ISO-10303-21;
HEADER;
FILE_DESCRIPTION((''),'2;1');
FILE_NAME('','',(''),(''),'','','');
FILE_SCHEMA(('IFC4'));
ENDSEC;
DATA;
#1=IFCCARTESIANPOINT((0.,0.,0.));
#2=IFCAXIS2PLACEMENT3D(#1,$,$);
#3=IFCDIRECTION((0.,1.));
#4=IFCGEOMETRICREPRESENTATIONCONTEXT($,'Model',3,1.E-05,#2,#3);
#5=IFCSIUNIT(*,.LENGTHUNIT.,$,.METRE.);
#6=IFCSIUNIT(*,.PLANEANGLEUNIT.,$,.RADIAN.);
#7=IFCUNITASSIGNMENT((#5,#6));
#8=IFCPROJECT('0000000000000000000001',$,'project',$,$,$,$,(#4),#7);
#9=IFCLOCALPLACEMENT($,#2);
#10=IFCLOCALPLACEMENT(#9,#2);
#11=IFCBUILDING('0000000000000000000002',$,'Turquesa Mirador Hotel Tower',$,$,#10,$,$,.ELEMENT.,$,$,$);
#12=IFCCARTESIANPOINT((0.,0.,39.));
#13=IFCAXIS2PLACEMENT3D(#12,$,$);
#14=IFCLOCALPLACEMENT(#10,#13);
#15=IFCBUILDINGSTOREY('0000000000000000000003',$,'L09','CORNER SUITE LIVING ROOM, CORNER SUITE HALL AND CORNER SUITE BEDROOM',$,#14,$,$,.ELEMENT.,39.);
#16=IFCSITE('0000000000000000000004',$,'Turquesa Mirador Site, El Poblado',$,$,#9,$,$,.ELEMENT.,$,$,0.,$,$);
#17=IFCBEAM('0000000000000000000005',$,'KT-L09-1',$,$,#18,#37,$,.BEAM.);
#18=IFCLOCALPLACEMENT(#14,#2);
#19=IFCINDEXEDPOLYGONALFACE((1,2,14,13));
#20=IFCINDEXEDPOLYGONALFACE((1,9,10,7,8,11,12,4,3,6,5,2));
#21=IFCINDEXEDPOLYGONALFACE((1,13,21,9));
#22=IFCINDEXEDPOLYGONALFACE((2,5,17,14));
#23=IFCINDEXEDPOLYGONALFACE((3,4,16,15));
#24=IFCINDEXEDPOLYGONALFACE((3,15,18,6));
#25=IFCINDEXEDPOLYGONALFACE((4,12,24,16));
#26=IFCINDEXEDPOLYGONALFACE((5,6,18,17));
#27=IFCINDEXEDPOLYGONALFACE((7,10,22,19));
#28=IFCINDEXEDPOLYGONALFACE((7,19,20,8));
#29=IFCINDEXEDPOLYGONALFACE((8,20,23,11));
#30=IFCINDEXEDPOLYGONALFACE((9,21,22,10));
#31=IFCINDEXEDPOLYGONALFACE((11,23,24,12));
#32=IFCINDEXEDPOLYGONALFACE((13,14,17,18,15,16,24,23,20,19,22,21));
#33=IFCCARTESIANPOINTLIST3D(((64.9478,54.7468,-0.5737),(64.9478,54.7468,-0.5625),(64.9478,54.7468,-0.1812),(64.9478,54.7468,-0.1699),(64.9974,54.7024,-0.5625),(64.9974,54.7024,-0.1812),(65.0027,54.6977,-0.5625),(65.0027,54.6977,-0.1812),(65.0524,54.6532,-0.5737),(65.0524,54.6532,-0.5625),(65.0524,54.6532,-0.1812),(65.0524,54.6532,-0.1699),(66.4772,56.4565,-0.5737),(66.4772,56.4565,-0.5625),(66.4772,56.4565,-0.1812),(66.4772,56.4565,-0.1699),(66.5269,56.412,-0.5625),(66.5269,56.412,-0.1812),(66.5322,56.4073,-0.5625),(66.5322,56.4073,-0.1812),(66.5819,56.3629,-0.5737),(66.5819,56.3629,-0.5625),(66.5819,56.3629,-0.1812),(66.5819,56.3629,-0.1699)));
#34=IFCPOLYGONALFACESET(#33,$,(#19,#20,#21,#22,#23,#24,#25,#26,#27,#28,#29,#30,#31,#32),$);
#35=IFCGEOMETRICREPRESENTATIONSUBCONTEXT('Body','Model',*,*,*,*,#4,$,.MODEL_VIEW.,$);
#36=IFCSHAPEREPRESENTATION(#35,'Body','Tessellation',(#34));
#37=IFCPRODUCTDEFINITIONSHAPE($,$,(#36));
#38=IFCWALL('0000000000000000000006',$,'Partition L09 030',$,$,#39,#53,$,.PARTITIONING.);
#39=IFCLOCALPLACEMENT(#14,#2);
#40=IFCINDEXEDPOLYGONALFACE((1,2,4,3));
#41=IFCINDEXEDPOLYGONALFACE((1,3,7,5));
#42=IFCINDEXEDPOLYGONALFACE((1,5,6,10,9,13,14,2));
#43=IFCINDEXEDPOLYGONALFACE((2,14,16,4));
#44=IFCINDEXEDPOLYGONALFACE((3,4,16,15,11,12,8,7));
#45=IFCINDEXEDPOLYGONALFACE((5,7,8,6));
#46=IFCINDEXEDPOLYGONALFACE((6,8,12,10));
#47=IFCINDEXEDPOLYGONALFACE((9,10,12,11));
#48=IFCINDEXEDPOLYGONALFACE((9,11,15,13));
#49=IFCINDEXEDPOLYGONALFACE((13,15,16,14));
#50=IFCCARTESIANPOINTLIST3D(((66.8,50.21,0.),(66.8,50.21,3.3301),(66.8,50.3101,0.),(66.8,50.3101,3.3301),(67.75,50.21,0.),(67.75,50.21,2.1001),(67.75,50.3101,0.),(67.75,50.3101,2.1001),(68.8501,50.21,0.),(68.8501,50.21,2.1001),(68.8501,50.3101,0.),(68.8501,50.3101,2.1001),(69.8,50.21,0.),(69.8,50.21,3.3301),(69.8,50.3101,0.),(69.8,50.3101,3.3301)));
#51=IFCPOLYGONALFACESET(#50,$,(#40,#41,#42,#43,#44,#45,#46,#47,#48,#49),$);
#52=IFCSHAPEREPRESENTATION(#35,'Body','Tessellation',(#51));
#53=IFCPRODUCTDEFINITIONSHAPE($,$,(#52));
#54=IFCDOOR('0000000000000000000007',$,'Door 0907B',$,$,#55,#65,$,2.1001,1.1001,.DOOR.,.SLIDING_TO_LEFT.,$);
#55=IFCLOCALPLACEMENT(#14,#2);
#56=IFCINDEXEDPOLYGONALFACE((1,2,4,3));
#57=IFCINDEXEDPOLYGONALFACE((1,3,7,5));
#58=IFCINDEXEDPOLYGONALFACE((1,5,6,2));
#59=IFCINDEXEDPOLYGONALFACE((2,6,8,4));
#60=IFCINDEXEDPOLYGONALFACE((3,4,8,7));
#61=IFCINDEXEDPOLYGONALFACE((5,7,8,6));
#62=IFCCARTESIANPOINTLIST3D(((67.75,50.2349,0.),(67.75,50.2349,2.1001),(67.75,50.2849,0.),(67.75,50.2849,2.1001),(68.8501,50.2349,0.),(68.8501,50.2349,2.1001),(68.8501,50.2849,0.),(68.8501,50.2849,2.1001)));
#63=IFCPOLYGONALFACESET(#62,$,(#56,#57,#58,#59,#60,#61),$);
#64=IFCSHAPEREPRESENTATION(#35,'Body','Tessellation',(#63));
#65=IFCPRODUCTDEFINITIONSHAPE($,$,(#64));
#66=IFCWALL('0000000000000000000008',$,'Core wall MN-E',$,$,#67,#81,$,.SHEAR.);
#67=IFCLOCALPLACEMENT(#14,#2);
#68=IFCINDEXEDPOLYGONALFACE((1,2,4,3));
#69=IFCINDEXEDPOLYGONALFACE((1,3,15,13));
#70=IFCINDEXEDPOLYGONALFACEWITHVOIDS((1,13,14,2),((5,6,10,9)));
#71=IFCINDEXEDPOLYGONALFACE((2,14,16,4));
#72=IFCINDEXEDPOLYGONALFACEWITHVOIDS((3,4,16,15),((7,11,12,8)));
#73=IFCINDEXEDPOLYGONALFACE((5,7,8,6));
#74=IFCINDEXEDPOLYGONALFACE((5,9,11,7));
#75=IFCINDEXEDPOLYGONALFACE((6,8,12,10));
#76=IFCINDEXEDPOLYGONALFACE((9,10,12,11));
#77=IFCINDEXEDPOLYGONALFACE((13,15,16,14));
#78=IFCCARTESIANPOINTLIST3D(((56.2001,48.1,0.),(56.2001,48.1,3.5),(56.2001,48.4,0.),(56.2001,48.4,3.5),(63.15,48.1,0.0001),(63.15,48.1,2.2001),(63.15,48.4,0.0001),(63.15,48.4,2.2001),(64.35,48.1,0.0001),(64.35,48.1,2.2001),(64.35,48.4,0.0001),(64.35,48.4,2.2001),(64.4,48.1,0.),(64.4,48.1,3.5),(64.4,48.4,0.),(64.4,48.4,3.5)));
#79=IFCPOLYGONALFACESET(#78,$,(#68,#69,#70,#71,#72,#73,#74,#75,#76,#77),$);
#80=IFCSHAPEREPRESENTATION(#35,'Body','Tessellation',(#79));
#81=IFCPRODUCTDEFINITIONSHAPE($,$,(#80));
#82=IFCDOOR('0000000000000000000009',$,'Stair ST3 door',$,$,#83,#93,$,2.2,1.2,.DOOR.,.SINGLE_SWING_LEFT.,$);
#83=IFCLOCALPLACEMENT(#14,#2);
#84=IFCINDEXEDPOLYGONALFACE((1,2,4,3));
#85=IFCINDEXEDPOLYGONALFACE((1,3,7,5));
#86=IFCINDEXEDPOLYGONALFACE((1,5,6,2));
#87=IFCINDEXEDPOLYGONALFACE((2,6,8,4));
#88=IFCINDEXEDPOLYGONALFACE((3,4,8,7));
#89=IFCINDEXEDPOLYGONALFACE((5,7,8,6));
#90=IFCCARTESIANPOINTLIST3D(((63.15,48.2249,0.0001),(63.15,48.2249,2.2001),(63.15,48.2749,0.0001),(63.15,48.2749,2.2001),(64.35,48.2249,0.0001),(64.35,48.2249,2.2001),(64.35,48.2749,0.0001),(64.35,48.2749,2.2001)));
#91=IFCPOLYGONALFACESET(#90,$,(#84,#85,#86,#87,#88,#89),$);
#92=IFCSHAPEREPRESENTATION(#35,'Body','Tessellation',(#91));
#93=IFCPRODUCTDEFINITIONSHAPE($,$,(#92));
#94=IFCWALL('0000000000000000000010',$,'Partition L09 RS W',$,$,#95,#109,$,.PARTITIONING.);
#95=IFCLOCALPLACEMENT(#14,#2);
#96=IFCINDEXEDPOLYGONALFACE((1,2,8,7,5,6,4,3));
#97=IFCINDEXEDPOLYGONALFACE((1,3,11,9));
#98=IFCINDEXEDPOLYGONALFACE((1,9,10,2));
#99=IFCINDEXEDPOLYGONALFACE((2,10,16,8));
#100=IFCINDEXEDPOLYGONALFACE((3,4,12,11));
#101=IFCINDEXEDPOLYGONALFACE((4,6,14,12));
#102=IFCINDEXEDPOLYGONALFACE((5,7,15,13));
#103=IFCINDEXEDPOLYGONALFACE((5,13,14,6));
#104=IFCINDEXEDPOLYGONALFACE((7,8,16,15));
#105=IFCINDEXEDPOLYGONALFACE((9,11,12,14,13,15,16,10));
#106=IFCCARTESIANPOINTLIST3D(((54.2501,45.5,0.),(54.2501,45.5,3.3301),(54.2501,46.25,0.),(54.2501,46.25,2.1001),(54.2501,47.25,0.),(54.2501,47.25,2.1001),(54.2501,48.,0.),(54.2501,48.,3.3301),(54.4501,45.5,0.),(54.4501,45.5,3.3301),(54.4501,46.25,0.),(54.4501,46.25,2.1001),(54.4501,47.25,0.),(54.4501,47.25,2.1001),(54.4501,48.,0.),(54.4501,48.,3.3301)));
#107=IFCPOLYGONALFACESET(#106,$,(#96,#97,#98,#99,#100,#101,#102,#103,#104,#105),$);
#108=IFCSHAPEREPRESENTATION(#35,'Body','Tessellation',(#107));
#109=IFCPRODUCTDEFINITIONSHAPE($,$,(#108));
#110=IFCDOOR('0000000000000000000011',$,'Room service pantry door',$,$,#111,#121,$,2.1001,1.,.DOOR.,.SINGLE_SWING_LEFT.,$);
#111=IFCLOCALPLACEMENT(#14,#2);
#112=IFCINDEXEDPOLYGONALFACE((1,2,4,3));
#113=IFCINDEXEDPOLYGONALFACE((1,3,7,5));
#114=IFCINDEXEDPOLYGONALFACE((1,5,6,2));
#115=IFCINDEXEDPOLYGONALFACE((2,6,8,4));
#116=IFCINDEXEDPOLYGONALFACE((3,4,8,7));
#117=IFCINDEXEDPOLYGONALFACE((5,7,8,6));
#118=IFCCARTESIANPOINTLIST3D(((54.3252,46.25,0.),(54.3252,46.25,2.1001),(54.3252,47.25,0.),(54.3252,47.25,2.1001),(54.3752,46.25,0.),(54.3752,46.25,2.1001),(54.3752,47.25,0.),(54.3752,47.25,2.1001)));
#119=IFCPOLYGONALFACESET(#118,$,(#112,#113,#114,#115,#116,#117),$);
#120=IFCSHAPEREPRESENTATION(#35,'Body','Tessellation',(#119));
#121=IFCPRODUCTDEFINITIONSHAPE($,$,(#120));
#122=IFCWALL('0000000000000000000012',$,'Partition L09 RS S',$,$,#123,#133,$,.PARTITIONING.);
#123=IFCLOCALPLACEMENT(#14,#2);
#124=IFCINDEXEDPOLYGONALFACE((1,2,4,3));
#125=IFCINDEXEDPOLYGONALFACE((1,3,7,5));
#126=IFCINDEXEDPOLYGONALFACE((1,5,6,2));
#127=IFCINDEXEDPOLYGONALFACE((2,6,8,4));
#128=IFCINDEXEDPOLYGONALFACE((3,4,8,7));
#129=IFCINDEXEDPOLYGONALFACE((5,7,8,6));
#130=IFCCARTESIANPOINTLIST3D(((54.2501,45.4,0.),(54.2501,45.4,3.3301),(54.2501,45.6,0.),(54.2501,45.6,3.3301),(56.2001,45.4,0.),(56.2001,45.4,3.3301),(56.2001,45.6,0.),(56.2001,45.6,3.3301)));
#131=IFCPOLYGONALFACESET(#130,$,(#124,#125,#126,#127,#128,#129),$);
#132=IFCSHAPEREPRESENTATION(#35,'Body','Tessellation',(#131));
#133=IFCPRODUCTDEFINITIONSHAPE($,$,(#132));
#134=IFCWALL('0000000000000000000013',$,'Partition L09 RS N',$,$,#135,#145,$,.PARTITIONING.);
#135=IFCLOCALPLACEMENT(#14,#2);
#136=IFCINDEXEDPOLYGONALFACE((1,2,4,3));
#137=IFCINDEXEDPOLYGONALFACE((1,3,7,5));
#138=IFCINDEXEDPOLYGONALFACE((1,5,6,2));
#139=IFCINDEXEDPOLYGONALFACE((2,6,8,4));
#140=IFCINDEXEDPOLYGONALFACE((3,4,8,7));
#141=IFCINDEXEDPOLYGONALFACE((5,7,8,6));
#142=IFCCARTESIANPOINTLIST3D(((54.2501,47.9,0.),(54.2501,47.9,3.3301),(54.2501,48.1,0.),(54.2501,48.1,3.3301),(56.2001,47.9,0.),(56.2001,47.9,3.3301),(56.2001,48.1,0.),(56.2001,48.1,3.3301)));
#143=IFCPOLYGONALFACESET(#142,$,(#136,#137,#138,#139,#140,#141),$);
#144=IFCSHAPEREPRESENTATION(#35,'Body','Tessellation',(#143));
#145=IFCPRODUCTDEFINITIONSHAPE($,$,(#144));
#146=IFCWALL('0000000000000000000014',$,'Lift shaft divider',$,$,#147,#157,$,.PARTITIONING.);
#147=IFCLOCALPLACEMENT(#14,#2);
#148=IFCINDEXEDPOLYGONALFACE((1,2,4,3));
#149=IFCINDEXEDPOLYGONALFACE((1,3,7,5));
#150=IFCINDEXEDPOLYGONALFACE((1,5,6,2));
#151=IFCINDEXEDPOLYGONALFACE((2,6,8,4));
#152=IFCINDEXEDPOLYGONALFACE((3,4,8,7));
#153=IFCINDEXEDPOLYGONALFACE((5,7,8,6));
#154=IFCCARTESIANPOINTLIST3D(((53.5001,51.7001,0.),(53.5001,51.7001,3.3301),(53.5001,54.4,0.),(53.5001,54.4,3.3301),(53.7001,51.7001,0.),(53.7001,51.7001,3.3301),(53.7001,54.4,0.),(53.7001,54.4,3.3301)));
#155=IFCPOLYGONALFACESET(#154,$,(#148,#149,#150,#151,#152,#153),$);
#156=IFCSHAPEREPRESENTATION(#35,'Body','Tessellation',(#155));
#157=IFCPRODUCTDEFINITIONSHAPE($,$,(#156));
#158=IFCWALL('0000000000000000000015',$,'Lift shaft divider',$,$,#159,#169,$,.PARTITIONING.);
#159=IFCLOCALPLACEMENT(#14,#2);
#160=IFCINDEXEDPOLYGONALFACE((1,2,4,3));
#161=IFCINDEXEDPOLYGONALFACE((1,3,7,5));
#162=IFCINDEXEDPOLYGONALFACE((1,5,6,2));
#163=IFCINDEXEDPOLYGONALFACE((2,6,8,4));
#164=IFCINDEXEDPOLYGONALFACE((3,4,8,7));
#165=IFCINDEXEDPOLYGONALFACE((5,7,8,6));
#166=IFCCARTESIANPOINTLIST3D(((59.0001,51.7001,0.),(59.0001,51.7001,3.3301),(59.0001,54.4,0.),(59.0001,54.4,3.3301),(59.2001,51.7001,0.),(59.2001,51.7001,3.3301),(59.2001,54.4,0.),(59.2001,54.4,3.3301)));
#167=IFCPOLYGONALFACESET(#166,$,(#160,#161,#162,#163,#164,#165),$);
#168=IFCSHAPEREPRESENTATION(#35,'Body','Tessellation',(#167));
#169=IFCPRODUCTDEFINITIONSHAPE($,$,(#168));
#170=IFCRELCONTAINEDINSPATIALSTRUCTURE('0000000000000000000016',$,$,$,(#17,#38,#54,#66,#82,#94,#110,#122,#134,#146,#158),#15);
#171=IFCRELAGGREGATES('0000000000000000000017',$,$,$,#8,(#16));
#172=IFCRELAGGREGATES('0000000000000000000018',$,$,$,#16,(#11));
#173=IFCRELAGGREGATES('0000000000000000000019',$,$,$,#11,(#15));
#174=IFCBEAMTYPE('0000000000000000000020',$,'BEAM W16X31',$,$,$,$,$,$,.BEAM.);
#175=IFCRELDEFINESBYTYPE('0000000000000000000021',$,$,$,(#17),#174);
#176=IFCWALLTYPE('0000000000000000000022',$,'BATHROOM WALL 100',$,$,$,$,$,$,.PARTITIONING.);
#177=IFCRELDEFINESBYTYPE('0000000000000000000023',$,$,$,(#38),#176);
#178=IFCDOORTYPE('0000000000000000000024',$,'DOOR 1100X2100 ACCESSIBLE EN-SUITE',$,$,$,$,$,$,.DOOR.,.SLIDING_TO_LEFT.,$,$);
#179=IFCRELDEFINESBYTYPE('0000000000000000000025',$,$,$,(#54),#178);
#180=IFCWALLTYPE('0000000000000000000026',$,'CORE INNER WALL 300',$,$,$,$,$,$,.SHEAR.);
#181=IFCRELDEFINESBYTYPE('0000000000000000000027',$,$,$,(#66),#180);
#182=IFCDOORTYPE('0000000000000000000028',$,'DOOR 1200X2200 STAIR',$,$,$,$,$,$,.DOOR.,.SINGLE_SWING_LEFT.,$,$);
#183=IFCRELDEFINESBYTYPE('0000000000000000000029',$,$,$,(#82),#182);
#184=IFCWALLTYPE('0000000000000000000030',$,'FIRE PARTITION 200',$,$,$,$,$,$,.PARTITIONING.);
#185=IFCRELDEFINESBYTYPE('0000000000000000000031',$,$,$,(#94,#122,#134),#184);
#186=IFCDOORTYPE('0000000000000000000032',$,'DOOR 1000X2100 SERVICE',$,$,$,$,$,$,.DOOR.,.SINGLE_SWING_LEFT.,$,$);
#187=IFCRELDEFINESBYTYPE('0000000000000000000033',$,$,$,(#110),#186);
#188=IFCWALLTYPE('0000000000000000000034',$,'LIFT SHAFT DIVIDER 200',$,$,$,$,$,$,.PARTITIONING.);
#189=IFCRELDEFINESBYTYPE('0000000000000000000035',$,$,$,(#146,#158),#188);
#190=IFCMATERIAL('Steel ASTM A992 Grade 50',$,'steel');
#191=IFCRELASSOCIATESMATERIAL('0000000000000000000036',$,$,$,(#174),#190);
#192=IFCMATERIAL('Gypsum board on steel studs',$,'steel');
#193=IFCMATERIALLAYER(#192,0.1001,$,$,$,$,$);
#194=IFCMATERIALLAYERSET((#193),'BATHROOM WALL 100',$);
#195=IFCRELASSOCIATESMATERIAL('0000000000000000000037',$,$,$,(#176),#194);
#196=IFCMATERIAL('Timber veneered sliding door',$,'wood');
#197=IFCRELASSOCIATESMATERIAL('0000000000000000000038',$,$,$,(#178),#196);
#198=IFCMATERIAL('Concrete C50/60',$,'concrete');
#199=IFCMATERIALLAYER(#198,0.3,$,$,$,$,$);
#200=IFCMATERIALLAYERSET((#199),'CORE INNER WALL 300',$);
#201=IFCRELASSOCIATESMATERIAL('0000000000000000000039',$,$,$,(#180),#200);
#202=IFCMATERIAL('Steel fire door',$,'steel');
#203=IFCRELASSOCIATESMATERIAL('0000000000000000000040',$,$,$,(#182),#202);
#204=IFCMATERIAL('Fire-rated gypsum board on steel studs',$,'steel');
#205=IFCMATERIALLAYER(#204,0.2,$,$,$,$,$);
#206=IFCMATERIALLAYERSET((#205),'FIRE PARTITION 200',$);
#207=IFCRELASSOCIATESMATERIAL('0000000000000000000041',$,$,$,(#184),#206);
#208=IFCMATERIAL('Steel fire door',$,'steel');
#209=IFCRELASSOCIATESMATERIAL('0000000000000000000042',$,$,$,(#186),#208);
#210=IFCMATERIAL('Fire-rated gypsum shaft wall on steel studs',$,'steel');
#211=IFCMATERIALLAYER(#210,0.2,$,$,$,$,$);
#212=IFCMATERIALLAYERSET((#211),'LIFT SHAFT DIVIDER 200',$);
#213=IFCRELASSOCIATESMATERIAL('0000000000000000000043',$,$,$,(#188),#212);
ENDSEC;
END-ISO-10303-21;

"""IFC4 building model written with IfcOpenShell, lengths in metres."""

from ifc_helpers import new_model, si_unit, direction, frame, frame_2d, origin, origin_2d, place, context, subcontext, project, spatial, rectangle, i_section, extrude, material, layer, layer_set, material_profile, profile_set, type_object, element, fill, save


model = new_model("IFC4")

# Units and contexts
model_context = context("Model", 3, precision=1e-05, world=origin(), true_north=direction((0.0, 1.0)))
body_context = subcontext(model_context, "Body", "Model", "MODEL_VIEW")
ifc_project = project(units=[si_unit("LENGTHUNIT", "METRE"), si_unit("PLANEANGLEUNIT", "RADIAN")], contexts=[model_context])

# Site, building, storey
site_placement = place(None, origin())
site = spatial("IfcSite", under=ifc_project, at=site_placement, Name="Turquesa Mirador Site, El Poblado", CompositionType="ELEMENT", RefElevation=0.0)
building_placement = place(site_placement, origin())
building = spatial("IfcBuilding", under=site, at=building_placement, Name="Turquesa Mirador Hotel Tower", CompositionType="ELEMENT")
storey_placement = place(building_placement, frame((0.0, 0.0, 39.0)))
storey = spatial("IfcBuildingStorey", under=building, at=storey_placement, Name="L09", Description="CORNER SUITE LIVING ROOM, CORNER SUITE HALL AND CORNER SUITE BEDROOM", CompositionType="ELEMENT", Elevation=39.0)

# Beam
ifc_material_1 = material(Name="Steel ASTM A992 Grade 50", Category="steel")
ifc_material_profile = material_profile(ifc_material_1, i_section(OverallWidth=0.1404, OverallDepth=0.4038, WebThickness=0.0071, FlangeThickness=0.0112, at=origin_2d()), Name="W16X31")
ifc_profile_set = profile_set([ifc_material_profile], Name="Steel ASTM A992 Grade 50")
beam_type = type_object("IfcBeamType", Name="BEAM W16X31", PredefinedType="BEAM", material=ifc_profile_set)
beam_placement = place(storey_placement, frame((66.5295, 56.4097, -0.3718), z_axis=(-0.666745, -0.745286, 0.0), x_axis=(0.745286, -0.666745, 0.0)))
element("IfcBeam", 1, at=beam_placement, inside=storey, type_object=beam_type, Name="KT-L09-1", PredefinedType="BEAM", context=body_context, shape_type="SweptSolid", body=[
    extrude(i_section(OverallWidth=0.1404, OverallDepth=0.4038, WebThickness=0.0071, FlangeThickness=0.0112, at=origin_2d()), origin(), (0.0, 0.0, 1.0), 2.2939),
])

# Walls, openings, doors
ifc_material_2 = material(Name="Gypsum board on steel studs", Category="steel")
ifc_layer_1 = layer(ifc_material_2, 0.1001)
ifc_layer_set_1 = layer_set([ifc_layer_1], Name="BATHROOM WALL 100")
wall_type_1 = type_object("IfcWallType", Name="BATHROOM WALL 100", PredefinedType="PARTITIONING", material=ifc_layer_set_1)
wall_1_placement = place(storey_placement, frame((66.8, 50.26, 0.0), z_axis=(0.0, 0.0, 1.0), x_axis=(1.0, 0.0, 0.0)))
wall_1 = element("IfcWall", 2, at=wall_1_placement, inside=storey, type_object=wall_type_1, Name="Partition L09 030", PredefinedType="PARTITIONING", context=body_context, shape_type="SweptSolid", body=[
    extrude(rectangle(XDim=3.0, YDim=0.1001, at=frame_2d((1.5, 0.0))), origin(), (0.0, 0.0, 1.0), 3.3301),
])
opening_1_placement = place(wall_1_placement, frame((0.95, 0.0, 0.0)))
opening_1 = element("IfcOpeningElement", 3, at=opening_1_placement, cuts=wall_1, PredefinedType="OPENING", context=body_context, shape_type="SweptSolid", body=[
    extrude(rectangle(XDim=1.1001, YDim=2.1001, at=frame_2d((0.55, 1.05))), frame((0.0, 0.0601, 0.0), z_axis=(0.0, -1.0, 0.0), x_axis=(1.0, 0.0, 0.0)), (0.0, 0.0, 1.0), 0.1201),
])
ifc_material_3 = material(Name="Timber veneered sliding door", Category="wood")
door_type_1 = type_object("IfcDoorType", Name="DOOR 1100X2100 ACCESSIBLE EN-SUITE", OperationType="SLIDING_TO_LEFT", PredefinedType="DOOR", material=ifc_material_3)
door_1_placement = place(opening_1_placement, origin())
door_1 = element("IfcDoor", 4, at=door_1_placement, inside=storey, type_object=door_type_1, Name="Door 0907B", OperationType="SLIDING_TO_LEFT", OverallHeight=2.1001, OverallWidth=1.1001, PredefinedType="DOOR", context=body_context, shape_type="SweptSolid", body=[
    extrude(rectangle(XDim=1.1001, YDim=2.1001, at=frame_2d((0.55, 1.05))), frame((0.0, 0.0249, 0.0), z_axis=(0.0, -1.0, 0.0), x_axis=(1.0, 0.0, 0.0)), (0.0, 0.0, 1.0), 0.05),
])
fill(opening_1, door_1)
ifc_material_4 = material(Name="Concrete C50/60", Category="concrete")
ifc_layer_2 = layer(ifc_material_4, 0.3)
ifc_layer_set_2 = layer_set([ifc_layer_2], Name="CORE INNER WALL 300")
wall_type_2 = type_object("IfcWallType", Name="CORE INNER WALL 300", PredefinedType="SHEAR", material=ifc_layer_set_2)
wall_2_placement = place(storey_placement, frame((56.2, 48.25, 0.0), z_axis=(0.0, 0.0, 1.0), x_axis=(1.0, 0.0, 0.0)))
wall_2 = element("IfcWall", 5, at=wall_2_placement, inside=storey, type_object=wall_type_2, Name="Core wall MN-E", PredefinedType="SHEAR", context=body_context, shape_type="SweptSolid", body=[
    extrude(rectangle(XDim=8.2, YDim=0.3, at=frame_2d((4.1001, 0.0))), origin(), (0.0, 0.0, 1.0), 3.5),
])
opening_2_placement = place(wall_2_placement, frame((6.95, 0.0, 0.0)))
opening_2 = element("IfcOpeningElement", 6, at=opening_2_placement, cuts=wall_2, PredefinedType="OPENING", context=body_context, shape_type="SweptSolid", body=[
    extrude(rectangle(XDim=1.2, YDim=2.2, at=frame_2d((0.6001, 1.1001))), frame((0.0, 0.1599, 0.0), z_axis=(0.0, -1.0, 0.0), x_axis=(1.0, 0.0, 0.0)), (0.0, 0.0, 1.0), 0.3201),
])
ifc_material_5 = material(Name="Steel fire door", Category="steel")
door_type_2 = type_object("IfcDoorType", Name="DOOR 1200X2200 STAIR", OperationType="SINGLE_SWING_LEFT", PredefinedType="DOOR", material=ifc_material_5)
door_2_placement = place(opening_2_placement, origin())
door_2 = element("IfcDoor", 7, at=door_2_placement, inside=storey, type_object=door_type_2, Name="Stair ST3 door", OperationType="SINGLE_SWING_LEFT", OverallHeight=2.2, OverallWidth=1.2, PredefinedType="DOOR", context=body_context, shape_type="SweptSolid", body=[
    extrude(rectangle(XDim=1.2, YDim=2.2, at=frame_2d((0.6001, 1.1001))), frame((0.0, 0.0249, 0.0), z_axis=(0.0, -1.0, 0.0), x_axis=(1.0, 0.0, 0.0)), (0.0, 0.0, 1.0), 0.05),
])
fill(opening_2, door_2)
ifc_material_6 = material(Name="Fire-rated gypsum board on steel studs", Category="steel")
ifc_layer_3 = layer(ifc_material_6, 0.2)
ifc_layer_set_3 = layer_set([ifc_layer_3], Name="FIRE PARTITION 200")
wall_type_3 = type_object("IfcWallType", Name="FIRE PARTITION 200", PredefinedType="PARTITIONING", material=ifc_layer_set_3)
wall_3_placement = place(storey_placement, frame((54.3501, 45.5, 0.0), z_axis=(0.0, 0.0, 1.0), x_axis=(0.0, 1.0, 0.0)))
wall_3 = element("IfcWall", 8, at=wall_3_placement, inside=storey, type_object=wall_type_3, Name="Partition L09 RS W", PredefinedType="PARTITIONING", context=body_context, shape_type="SweptSolid", body=[
    extrude(rectangle(XDim=2.5, YDim=0.2, at=frame_2d((1.25, 0.0))), origin(), (0.0, 0.0, 1.0), 3.3301),
])
opening_3_placement = place(wall_3_placement, frame((0.75, 0.0, 0.0)))
opening_3 = element("IfcOpeningElement", 9, at=opening_3_placement, cuts=wall_3, PredefinedType="OPENING", context=body_context, shape_type="SweptSolid", body=[
    extrude(rectangle(XDim=1.0, YDim=2.1001, at=frame_2d((0.5, 1.05))), frame((0.0, 0.1099, 0.0), z_axis=(0.0, -1.0, 0.0), x_axis=(1.0, 0.0, 0.0)), (0.0, 0.0, 1.0), 0.22),
])
ifc_material_7 = material(Name="Steel fire door", Category="steel")
door_type_3 = type_object("IfcDoorType", Name="DOOR 1000X2100 SERVICE", OperationType="SINGLE_SWING_LEFT", PredefinedType="DOOR", material=ifc_material_7)
door_3_placement = place(opening_3_placement, origin())
door_3 = element("IfcDoor", 10, at=door_3_placement, inside=storey, type_object=door_type_3, Name="Room service pantry door", OperationType="SINGLE_SWING_LEFT", OverallHeight=2.1001, OverallWidth=1.0, PredefinedType="DOOR", context=body_context, shape_type="SweptSolid", body=[
    extrude(rectangle(XDim=1.0, YDim=2.1001, at=frame_2d((0.5, 1.05))), frame((0.0, 0.0249, 0.0), z_axis=(0.0, -1.0, 0.0), x_axis=(1.0, 0.0, 0.0)), (0.0, 0.0, 1.0), 0.05),
])
fill(opening_3, door_3)

# Walls
for number, where, z_axis, x_axis, name in (
    (11, (54.25, 45.5, 0.0), (0.0, 0.0, 1.0), (1.0, 0.0, 0.0), "Partition L09 RS S"),
    (12, (54.25, 48.0, 0.0), (0.0, 0.0, 1.0), (1.0, 0.0, 0.0), "Partition L09 RS N"),
):
    element("IfcWall", number, at=place(storey_placement, frame(where, z_axis=z_axis, x_axis=x_axis)), inside=storey, type_object=wall_type_3, Name=name, PredefinedType="PARTITIONING", context=body_context, shape_type="SweptSolid", body=[
        extrude(rectangle(XDim=1.95, YDim=0.2, at=frame_2d((0.9751, 0.0))), origin(), (0.0, 0.0, 1.0), 3.3301),
    ])
ifc_material_8 = material(Name="Fire-rated gypsum shaft wall on steel studs", Category="steel")
ifc_layer_4 = layer(ifc_material_8, 0.2)
ifc_layer_set_4 = layer_set([ifc_layer_4], Name="LIFT SHAFT DIVIDER 200")
wall_type_4 = type_object("IfcWallType", Name="LIFT SHAFT DIVIDER 200", PredefinedType="PARTITIONING", material=ifc_layer_set_4)
for number, where, z_axis, x_axis, name in (
    (13, (53.6001, 51.7, 0.0), (0.0, 0.0, 1.0), (0.0, 1.0, 0.0), "Lift shaft divider"),
    (14, (59.1001, 51.7, 0.0), (0.0, 0.0, 1.0), (0.0, 1.0, 0.0), "Lift shaft divider"),
):
    element("IfcWall", number, at=place(storey_placement, frame(where, z_axis=z_axis, x_axis=x_axis)), inside=storey, type_object=wall_type_4, Name=name, PredefinedType="PARTITIONING", context=body_context, shape_type="SweptSolid", body=[
        extrude(rectangle(XDim=2.7, YDim=0.2, at=frame_2d((1.3501, 0.0))), origin(), (0.0, 0.0, 1.0), 3.3301),
    ])

save(model, "model.ifc")
